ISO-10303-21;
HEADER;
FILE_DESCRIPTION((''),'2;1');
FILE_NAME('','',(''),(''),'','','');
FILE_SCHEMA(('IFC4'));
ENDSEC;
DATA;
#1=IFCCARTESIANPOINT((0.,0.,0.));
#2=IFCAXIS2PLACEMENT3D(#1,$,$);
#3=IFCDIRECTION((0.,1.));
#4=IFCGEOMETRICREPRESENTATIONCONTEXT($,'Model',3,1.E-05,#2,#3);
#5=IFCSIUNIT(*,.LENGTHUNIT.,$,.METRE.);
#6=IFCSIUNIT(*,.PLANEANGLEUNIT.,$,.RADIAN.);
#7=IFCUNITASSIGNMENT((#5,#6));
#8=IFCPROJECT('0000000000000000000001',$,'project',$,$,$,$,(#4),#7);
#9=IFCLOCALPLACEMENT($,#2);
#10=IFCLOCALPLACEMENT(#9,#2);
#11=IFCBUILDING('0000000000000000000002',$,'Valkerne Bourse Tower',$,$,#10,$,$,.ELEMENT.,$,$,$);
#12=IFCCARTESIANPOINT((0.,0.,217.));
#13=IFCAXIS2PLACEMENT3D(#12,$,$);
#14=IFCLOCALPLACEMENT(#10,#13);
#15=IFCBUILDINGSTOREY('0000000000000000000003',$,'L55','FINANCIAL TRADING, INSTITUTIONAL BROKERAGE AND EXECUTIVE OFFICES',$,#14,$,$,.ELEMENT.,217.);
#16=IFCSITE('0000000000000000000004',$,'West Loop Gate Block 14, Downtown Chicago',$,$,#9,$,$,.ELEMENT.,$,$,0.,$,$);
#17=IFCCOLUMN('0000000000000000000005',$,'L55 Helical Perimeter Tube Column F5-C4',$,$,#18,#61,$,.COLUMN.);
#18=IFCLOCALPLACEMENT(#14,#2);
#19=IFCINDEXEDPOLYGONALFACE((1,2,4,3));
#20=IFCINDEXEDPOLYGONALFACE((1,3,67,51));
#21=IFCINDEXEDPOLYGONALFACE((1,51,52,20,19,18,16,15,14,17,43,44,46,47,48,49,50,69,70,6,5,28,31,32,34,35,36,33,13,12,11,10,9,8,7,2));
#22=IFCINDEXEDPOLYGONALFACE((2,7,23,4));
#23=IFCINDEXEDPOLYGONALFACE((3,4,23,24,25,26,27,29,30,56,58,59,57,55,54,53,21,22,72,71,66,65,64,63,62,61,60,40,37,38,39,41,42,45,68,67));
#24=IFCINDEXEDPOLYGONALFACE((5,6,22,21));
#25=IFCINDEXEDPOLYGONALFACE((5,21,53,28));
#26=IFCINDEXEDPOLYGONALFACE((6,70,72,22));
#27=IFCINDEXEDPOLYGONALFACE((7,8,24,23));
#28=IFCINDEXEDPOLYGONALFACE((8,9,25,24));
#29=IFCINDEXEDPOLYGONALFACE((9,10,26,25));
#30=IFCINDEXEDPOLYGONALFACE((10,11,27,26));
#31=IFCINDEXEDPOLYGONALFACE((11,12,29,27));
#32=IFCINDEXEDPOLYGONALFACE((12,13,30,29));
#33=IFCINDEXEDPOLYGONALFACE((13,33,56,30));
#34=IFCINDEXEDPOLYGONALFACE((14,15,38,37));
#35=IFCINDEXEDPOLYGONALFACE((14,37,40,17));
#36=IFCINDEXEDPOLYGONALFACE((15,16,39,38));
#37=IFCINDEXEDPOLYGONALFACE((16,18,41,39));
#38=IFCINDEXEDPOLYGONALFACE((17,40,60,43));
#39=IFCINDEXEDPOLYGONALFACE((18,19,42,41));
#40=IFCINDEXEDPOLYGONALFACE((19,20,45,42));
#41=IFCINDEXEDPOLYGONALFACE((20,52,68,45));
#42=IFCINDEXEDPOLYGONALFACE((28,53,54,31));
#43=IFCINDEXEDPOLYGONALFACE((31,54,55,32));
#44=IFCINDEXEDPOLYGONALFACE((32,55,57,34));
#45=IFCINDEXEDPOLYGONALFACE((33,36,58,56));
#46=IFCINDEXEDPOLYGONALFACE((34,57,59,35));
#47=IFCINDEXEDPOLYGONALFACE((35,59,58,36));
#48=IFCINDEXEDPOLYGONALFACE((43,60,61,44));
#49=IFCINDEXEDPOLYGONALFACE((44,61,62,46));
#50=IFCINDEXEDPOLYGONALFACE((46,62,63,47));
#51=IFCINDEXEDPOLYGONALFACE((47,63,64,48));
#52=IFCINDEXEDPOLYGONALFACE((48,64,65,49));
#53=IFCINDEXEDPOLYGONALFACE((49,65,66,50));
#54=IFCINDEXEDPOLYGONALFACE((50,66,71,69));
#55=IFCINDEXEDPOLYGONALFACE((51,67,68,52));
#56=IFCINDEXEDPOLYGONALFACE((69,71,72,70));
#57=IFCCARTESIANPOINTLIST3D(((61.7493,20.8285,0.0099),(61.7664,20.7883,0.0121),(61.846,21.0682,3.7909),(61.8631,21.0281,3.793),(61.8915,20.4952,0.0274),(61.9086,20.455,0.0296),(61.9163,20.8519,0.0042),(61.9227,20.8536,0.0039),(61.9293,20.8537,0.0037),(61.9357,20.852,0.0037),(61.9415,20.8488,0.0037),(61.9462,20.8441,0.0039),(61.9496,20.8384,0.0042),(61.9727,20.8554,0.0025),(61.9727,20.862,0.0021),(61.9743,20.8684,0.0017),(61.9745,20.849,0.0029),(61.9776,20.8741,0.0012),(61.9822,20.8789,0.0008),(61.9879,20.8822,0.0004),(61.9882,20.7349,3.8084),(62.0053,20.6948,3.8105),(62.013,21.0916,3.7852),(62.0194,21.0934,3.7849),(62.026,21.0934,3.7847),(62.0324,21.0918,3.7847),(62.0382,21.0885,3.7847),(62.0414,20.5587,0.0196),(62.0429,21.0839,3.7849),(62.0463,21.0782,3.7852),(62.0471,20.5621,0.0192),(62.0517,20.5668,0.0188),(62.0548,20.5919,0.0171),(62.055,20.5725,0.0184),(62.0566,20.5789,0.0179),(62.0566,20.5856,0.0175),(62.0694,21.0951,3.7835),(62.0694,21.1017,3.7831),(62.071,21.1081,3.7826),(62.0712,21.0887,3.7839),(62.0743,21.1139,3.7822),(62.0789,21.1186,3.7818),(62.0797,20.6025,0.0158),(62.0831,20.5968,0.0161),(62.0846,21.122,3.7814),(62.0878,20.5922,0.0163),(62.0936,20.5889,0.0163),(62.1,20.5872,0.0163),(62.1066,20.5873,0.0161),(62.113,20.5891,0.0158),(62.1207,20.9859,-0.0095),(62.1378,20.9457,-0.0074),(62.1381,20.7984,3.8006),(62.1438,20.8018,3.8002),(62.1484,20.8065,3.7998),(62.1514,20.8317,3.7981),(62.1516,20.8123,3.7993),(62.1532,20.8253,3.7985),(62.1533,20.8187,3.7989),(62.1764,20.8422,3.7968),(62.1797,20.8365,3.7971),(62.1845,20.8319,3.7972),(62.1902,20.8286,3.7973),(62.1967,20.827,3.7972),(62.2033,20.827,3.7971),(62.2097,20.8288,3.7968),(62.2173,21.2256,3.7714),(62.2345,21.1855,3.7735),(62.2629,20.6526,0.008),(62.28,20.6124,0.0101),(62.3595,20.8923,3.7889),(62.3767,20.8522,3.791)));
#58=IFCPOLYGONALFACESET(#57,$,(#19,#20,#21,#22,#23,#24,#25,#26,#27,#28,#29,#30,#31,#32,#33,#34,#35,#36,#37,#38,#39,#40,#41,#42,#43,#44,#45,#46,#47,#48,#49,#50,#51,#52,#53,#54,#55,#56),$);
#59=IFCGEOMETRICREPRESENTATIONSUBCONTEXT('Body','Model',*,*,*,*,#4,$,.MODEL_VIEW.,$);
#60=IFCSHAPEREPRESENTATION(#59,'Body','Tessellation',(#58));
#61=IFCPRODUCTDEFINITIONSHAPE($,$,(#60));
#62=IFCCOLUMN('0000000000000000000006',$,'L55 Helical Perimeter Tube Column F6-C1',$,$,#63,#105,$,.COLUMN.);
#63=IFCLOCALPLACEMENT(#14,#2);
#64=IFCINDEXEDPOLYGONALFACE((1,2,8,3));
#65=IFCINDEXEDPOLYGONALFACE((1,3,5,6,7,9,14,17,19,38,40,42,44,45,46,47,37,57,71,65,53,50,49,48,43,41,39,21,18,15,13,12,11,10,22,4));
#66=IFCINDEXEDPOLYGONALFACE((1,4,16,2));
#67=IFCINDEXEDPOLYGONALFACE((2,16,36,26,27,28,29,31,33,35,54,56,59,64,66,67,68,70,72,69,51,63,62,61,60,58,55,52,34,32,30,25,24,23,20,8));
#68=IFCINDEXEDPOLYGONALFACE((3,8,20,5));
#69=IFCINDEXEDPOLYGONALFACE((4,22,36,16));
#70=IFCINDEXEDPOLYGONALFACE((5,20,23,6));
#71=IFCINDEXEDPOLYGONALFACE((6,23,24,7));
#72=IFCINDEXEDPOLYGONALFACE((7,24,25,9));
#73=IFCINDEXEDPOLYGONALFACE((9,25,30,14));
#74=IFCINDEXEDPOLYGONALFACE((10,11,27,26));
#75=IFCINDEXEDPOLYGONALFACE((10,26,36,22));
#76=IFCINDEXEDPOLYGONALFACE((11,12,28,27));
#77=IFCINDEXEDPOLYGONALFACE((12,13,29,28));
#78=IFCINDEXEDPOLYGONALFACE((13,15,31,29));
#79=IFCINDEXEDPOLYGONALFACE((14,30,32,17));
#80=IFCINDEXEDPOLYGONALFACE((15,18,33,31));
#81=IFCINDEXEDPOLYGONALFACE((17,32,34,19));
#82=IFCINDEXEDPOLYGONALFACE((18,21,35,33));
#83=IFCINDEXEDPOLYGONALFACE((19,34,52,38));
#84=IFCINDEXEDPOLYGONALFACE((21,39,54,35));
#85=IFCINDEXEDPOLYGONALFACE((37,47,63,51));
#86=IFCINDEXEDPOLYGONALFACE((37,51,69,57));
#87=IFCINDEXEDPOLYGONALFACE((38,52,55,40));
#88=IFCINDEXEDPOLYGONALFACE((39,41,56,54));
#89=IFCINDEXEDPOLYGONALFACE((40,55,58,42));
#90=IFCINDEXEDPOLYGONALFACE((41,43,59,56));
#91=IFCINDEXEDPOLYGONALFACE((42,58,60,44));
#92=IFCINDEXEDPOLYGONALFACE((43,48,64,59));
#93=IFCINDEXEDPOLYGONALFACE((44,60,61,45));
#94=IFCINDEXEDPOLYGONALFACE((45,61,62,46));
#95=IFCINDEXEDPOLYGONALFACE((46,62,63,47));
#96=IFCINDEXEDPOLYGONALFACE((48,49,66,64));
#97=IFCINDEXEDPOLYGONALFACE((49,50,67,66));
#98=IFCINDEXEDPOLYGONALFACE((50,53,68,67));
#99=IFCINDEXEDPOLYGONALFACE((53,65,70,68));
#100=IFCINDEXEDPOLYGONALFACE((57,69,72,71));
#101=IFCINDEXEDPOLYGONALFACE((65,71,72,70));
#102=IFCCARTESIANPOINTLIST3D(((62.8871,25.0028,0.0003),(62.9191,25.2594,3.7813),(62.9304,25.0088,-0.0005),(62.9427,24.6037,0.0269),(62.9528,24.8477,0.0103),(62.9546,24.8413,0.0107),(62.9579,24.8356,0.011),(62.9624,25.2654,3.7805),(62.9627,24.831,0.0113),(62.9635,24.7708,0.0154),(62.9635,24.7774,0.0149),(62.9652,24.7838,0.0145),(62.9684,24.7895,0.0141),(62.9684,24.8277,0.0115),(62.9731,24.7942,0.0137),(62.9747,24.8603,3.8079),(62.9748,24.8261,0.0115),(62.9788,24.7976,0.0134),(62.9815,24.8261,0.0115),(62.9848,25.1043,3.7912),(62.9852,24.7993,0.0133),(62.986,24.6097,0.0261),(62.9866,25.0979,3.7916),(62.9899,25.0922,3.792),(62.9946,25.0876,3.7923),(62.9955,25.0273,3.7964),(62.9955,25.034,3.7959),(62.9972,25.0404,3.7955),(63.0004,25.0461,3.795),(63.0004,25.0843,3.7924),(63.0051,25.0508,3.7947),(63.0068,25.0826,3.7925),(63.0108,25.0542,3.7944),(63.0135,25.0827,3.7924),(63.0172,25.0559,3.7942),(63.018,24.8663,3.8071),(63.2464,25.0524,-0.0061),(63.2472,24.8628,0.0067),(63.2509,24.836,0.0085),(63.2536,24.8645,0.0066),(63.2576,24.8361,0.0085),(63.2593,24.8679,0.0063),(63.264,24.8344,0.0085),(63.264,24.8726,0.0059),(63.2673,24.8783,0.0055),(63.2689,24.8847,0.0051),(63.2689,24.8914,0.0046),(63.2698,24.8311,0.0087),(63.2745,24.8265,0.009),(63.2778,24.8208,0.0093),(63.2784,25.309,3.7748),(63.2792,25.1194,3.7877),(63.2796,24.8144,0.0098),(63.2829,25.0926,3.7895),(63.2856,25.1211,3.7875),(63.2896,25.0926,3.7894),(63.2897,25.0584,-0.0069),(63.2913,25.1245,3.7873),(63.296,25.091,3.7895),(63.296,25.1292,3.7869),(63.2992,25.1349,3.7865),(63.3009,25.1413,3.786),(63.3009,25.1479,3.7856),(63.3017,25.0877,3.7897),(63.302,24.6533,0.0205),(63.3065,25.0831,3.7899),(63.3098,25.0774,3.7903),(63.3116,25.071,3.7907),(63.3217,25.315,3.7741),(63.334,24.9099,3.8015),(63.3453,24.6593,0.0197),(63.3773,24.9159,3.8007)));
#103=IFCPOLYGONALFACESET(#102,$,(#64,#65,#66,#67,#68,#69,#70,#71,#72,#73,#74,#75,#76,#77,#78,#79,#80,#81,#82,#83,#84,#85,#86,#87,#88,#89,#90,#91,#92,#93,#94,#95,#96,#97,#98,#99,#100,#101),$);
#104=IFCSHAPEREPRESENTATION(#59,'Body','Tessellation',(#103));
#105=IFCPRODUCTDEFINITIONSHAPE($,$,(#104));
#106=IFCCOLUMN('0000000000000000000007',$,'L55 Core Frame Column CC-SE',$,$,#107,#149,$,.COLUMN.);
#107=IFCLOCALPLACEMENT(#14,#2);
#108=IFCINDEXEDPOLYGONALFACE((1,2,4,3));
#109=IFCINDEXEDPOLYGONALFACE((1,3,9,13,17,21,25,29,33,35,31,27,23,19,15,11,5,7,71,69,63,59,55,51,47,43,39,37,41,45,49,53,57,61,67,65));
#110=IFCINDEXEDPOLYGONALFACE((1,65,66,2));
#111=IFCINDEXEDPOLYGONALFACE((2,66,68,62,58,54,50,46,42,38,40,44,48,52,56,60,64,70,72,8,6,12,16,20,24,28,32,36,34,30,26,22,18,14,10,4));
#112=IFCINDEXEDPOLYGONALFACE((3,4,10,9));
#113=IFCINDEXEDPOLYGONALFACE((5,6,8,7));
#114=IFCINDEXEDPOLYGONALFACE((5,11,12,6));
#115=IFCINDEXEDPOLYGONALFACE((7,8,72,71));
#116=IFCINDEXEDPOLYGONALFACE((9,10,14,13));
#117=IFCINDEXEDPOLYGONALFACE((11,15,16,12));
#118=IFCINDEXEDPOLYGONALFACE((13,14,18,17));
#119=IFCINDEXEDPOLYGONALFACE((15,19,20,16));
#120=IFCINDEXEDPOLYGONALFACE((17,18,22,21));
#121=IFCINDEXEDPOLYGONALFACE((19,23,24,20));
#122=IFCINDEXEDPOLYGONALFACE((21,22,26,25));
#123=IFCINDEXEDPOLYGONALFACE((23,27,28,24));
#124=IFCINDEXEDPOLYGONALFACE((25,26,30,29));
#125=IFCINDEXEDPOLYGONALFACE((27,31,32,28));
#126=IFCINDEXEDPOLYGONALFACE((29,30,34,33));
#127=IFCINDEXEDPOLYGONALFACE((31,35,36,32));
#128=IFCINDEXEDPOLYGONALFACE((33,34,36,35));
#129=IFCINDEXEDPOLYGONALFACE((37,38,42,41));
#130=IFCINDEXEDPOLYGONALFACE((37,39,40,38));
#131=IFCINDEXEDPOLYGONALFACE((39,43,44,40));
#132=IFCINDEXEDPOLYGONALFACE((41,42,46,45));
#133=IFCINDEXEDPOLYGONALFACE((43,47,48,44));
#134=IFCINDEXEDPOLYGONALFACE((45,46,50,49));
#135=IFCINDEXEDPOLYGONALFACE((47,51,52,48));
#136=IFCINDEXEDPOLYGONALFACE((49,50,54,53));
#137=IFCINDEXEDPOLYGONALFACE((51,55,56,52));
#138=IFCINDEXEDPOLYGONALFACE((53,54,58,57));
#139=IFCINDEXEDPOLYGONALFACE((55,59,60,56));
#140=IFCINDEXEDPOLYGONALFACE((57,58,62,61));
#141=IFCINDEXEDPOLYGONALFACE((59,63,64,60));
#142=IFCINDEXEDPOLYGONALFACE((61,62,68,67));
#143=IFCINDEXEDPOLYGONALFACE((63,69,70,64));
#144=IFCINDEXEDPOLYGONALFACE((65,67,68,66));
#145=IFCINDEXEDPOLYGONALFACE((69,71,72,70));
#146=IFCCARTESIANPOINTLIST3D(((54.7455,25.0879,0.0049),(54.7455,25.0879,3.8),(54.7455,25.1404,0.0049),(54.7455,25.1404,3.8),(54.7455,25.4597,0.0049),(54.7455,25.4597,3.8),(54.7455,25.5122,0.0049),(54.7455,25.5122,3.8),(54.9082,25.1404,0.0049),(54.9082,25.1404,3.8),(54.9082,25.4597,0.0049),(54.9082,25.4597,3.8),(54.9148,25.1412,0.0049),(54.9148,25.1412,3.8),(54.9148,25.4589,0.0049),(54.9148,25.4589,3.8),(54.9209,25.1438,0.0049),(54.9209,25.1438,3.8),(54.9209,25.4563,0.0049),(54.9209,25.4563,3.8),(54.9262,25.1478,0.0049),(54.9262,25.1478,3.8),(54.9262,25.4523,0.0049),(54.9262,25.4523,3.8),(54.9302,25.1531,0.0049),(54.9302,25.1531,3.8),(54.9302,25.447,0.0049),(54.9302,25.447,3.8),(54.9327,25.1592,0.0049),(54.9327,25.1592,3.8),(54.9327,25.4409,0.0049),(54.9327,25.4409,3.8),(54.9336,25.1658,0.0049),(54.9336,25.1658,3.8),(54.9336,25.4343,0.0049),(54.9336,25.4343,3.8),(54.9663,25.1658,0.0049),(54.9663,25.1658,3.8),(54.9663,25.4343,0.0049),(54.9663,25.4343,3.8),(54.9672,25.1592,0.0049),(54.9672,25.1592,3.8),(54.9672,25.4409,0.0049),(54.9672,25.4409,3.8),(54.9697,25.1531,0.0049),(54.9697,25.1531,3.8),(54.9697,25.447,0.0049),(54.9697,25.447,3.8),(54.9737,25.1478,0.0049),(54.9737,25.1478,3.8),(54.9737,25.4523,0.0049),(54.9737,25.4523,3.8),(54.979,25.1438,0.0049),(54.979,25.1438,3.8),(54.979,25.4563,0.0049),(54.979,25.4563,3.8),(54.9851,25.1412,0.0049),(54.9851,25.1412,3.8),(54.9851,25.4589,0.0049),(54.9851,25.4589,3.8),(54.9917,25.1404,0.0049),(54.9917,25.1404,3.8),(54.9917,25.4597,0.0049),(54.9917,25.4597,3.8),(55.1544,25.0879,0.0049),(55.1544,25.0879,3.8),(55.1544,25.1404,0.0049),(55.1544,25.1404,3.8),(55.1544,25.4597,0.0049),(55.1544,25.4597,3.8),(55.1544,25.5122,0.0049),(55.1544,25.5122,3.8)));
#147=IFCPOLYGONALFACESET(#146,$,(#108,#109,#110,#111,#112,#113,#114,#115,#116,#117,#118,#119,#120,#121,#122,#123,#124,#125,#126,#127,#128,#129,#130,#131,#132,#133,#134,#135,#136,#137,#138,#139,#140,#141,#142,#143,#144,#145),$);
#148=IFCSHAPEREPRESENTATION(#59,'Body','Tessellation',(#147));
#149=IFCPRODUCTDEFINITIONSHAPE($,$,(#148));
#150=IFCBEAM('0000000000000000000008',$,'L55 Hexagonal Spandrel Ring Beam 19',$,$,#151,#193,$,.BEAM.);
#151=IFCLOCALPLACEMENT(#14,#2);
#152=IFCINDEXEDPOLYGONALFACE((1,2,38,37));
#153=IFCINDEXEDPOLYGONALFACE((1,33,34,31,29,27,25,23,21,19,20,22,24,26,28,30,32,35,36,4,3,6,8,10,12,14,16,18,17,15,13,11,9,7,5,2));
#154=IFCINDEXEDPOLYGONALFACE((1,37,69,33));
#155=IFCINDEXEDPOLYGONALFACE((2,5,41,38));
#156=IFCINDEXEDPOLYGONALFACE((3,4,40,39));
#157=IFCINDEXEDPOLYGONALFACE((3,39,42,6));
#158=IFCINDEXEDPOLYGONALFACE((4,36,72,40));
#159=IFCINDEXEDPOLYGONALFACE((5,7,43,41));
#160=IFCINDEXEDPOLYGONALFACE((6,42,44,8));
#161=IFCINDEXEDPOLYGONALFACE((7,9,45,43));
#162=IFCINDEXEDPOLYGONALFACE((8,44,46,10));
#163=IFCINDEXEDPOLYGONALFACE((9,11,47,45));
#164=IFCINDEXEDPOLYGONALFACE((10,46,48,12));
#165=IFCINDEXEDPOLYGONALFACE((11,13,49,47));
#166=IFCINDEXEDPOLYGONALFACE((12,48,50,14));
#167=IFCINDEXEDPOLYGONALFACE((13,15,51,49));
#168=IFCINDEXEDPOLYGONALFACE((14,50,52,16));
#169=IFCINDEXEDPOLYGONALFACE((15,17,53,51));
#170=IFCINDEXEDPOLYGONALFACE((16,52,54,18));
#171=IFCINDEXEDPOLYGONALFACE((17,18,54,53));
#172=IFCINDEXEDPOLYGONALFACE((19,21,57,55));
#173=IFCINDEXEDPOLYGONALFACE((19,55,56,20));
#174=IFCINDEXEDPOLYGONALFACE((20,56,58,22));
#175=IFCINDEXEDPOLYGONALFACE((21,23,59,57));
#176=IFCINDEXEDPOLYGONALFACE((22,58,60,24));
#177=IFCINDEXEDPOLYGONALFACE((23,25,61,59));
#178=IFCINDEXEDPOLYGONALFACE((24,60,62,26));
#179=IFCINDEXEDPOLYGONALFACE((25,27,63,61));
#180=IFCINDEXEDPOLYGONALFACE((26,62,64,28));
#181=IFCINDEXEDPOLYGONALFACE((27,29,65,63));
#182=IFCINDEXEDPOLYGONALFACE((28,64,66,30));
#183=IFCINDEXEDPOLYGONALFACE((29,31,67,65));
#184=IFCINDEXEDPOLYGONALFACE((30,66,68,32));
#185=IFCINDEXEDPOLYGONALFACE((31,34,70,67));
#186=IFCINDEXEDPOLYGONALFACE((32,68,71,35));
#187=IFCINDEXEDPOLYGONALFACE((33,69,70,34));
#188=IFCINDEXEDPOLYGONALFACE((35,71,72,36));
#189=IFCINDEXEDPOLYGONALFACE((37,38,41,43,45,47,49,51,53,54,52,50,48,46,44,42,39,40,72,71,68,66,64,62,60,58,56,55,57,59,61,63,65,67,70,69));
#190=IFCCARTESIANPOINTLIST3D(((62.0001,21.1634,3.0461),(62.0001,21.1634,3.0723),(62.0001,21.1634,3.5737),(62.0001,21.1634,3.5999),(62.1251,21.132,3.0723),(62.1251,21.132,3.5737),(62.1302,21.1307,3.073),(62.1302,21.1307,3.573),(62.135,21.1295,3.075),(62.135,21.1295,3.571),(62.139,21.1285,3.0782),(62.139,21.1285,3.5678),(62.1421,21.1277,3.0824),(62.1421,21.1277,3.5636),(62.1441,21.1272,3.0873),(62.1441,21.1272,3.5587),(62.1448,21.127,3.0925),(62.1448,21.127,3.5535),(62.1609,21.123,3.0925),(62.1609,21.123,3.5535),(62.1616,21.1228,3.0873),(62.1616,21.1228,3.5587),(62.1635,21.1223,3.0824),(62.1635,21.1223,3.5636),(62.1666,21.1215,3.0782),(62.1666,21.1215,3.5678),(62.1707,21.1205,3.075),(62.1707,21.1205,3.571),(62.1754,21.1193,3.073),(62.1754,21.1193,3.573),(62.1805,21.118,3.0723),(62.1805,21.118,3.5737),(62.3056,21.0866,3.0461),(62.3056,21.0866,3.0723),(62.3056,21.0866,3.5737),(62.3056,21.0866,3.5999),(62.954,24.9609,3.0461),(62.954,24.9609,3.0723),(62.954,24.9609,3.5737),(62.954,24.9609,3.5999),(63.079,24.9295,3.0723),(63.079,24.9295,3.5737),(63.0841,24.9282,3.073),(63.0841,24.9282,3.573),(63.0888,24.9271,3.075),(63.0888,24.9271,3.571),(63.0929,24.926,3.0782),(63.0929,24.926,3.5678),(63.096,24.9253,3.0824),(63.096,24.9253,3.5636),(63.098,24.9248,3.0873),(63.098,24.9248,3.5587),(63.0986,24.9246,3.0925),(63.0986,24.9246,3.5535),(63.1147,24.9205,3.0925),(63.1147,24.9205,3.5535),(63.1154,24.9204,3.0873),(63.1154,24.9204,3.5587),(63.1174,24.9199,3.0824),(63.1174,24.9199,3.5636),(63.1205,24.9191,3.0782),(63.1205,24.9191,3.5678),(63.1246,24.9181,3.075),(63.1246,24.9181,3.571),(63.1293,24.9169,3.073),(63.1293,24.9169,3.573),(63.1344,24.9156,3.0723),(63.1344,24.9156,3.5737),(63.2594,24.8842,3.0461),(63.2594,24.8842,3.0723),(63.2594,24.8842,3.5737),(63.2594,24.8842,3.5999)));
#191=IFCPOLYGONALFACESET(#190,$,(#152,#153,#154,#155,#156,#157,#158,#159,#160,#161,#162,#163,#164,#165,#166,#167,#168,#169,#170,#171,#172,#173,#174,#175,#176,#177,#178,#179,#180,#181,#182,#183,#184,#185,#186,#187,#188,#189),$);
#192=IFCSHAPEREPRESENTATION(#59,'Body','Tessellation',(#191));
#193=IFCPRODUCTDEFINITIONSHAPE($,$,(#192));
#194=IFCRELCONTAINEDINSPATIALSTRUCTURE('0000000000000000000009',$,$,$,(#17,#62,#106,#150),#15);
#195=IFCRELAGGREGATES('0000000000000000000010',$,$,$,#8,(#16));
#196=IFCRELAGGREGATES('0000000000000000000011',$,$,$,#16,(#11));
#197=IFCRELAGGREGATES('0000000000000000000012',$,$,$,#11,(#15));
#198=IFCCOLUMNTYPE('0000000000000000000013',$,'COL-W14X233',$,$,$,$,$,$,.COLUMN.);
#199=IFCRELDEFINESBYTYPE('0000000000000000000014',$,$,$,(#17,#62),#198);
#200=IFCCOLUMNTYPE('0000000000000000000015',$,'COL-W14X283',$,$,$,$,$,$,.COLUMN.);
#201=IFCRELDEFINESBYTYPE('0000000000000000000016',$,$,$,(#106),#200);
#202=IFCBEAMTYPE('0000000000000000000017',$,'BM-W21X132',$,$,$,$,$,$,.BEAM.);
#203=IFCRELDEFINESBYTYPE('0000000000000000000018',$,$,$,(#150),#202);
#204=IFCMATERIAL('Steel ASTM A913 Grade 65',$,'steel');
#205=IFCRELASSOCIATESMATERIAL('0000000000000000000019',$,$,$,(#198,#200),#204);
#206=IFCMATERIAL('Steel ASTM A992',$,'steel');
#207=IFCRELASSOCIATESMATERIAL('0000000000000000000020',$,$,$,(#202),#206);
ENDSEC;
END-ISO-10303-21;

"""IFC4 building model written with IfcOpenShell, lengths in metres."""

from ifc_helpers import new_model, si_unit, direction, frame, origin, origin_2d, place, context, subcontext, project, spatial, i_section, extrude, material, material_profile, profile_set, type_object, element, save


model = new_model("IFC4")

# Units and contexts
model_context = context("Model", 3, precision=1e-05, world=origin(), true_north=direction((0.0, 1.0)))
body_context = subcontext(model_context, "Body", "Model", "MODEL_VIEW")
ifc_project = project(units=[si_unit("LENGTHUNIT", "METRE"), si_unit("PLANEANGLEUNIT", "RADIAN")], contexts=[model_context])

# Site, building, storey
site_placement = place(None, origin())
site = spatial("IfcSite", under=ifc_project, at=site_placement, Name="West Loop Gate Block 14, Downtown Chicago", CompositionType="ELEMENT", RefElevation=0.0)
building_placement = place(site_placement, origin())
building = spatial("IfcBuilding", under=site, at=building_placement, Name="Valkerne Bourse Tower", CompositionType="ELEMENT")
storey_placement = place(building_placement, frame((0.0, 0.0, 217.0)))
storey = spatial("IfcBuildingStorey", under=building, at=storey_placement, Name="L55", Description="FINANCIAL TRADING, INSTITUTIONAL BROKERAGE AND EXECUTIVE OFFICES", CompositionType="ELEMENT", Elevation=217.0)

# Columns
ifc_material_1 = material(Name="Steel ASTM A913 Grade 65", Category="steel")
ifc_material_profile_1 = material_profile(ifc_material_1, i_section(OverallWidth=0.4038, OverallDepth=0.4065, WebThickness=0.0271, FlangeThickness=0.0437, FilletRadius=0.0254, at=origin_2d()), Name="W14X233")
ifc_profile_set_1 = profile_set([ifc_material_profile_1], Name="Steel ASTM A913 Grade 65")
column_type_1 = type_object("IfcColumnType", Name="COL-W14X233", PredefinedType="COLUMN", material=ifc_profile_set_1)
for number, where, z_axis, x_axis, name in (
    (1, (62.0146, 20.7205, 0.01), (0.02551, 0.06326, 0.997671), (-0.919631, -0.389811, 0.048232), "L55 Helical Perimeter Tube Column F5-C4"),
    (2, (63.1162, 24.8311, 0.01), (0.008439, 0.067705, 0.99767), (0.137638, -0.988288, 0.065904), "L55 Helical Perimeter Tube Column F6-C1"),
):
    element("IfcColumn", number, at=place(storey_placement, frame(where, z_axis=z_axis, x_axis=x_axis)), inside=storey, type_object=column_type_1, Name=name, PredefinedType="COLUMN", context=body_context, shape_type="SweptSolid", body=[
        extrude(i_section(OverallWidth=0.4038, OverallDepth=0.4065, WebThickness=0.0271, FlangeThickness=0.0437, FilletRadius=0.0254, at=origin_2d()), origin(), (0.0, 0.0, 1.0), 3.7898),
    ])
ifc_material_profile_2 = material_profile(ifc_material_1, i_section(OverallWidth=0.4089, OverallDepth=0.4243, WebThickness=0.0327, FlangeThickness=0.0525, FilletRadius=0.0254, at=origin_2d()), Name="W14X283")
ifc_profile_set_2 = profile_set([ifc_material_profile_2], Name="Steel ASTM A913 Grade 65")
column_type_2 = type_object("IfcColumnType", Name="COL-W14X283", PredefinedType="COLUMN", material=ifc_profile_set_2)
column_placement = place(storey_placement, frame((54.95, 25.3, 0.0049), z_axis=(0.0, 0.0, 1.0), x_axis=(1.0, 0.0, 0.0)))
element("IfcColumn", 3, at=column_placement, inside=storey, type_object=column_type_2, Name="L55 Core Frame Column CC-SE", PredefinedType="COLUMN", context=body_context, shape_type="SweptSolid", body=[
    extrude(i_section(OverallWidth=0.4089, OverallDepth=0.4243, WebThickness=0.0327, FlangeThickness=0.0525, FilletRadius=0.0254, at=origin_2d()), origin(), (0.0, 0.0, 1.0), 3.7952),
])

# Beam
ifc_material_2 = material(Name="Steel ASTM A992", Category="steel")
ifc_material_profile_3 = material_profile(ifc_material_2, i_section(OverallWidth=0.3149, OverallDepth=0.5537, WebThickness=0.0166, FlangeThickness=0.0261, FilletRadius=0.0203, at=origin_2d()), Name="W21X132")
ifc_profile_set_3 = profile_set([ifc_material_profile_3], Name="Steel ASTM A992")
beam_type_1 = type_object("IfcBeamType", Name="BM-W21X132", PredefinedType="BEAM", material=ifc_profile_set_3)
beam_1_placement = place(storey_placement, frame((62.1528, 21.125, 3.323), z_axis=(0.243606, 0.969874, 0.0), x_axis=(-0.969874, 0.243606, 0.0)))
element("IfcBeam", 4, at=beam_1_placement, inside=storey, type_object=beam_type_1, Name="L55 Hexagonal Spandrel Ring Beam 19", PredefinedType="BEAM", context=body_context, shape_type="SweptSolid", body=[
    extrude(i_section(OverallWidth=0.3149, OverallDepth=0.5537, WebThickness=0.0166, FlangeThickness=0.0261, FilletRadius=0.0203, at=origin_2d()), origin(), (0.0, 0.0, 1.0), 3.9155),
])

save(model, "model.ifc")
